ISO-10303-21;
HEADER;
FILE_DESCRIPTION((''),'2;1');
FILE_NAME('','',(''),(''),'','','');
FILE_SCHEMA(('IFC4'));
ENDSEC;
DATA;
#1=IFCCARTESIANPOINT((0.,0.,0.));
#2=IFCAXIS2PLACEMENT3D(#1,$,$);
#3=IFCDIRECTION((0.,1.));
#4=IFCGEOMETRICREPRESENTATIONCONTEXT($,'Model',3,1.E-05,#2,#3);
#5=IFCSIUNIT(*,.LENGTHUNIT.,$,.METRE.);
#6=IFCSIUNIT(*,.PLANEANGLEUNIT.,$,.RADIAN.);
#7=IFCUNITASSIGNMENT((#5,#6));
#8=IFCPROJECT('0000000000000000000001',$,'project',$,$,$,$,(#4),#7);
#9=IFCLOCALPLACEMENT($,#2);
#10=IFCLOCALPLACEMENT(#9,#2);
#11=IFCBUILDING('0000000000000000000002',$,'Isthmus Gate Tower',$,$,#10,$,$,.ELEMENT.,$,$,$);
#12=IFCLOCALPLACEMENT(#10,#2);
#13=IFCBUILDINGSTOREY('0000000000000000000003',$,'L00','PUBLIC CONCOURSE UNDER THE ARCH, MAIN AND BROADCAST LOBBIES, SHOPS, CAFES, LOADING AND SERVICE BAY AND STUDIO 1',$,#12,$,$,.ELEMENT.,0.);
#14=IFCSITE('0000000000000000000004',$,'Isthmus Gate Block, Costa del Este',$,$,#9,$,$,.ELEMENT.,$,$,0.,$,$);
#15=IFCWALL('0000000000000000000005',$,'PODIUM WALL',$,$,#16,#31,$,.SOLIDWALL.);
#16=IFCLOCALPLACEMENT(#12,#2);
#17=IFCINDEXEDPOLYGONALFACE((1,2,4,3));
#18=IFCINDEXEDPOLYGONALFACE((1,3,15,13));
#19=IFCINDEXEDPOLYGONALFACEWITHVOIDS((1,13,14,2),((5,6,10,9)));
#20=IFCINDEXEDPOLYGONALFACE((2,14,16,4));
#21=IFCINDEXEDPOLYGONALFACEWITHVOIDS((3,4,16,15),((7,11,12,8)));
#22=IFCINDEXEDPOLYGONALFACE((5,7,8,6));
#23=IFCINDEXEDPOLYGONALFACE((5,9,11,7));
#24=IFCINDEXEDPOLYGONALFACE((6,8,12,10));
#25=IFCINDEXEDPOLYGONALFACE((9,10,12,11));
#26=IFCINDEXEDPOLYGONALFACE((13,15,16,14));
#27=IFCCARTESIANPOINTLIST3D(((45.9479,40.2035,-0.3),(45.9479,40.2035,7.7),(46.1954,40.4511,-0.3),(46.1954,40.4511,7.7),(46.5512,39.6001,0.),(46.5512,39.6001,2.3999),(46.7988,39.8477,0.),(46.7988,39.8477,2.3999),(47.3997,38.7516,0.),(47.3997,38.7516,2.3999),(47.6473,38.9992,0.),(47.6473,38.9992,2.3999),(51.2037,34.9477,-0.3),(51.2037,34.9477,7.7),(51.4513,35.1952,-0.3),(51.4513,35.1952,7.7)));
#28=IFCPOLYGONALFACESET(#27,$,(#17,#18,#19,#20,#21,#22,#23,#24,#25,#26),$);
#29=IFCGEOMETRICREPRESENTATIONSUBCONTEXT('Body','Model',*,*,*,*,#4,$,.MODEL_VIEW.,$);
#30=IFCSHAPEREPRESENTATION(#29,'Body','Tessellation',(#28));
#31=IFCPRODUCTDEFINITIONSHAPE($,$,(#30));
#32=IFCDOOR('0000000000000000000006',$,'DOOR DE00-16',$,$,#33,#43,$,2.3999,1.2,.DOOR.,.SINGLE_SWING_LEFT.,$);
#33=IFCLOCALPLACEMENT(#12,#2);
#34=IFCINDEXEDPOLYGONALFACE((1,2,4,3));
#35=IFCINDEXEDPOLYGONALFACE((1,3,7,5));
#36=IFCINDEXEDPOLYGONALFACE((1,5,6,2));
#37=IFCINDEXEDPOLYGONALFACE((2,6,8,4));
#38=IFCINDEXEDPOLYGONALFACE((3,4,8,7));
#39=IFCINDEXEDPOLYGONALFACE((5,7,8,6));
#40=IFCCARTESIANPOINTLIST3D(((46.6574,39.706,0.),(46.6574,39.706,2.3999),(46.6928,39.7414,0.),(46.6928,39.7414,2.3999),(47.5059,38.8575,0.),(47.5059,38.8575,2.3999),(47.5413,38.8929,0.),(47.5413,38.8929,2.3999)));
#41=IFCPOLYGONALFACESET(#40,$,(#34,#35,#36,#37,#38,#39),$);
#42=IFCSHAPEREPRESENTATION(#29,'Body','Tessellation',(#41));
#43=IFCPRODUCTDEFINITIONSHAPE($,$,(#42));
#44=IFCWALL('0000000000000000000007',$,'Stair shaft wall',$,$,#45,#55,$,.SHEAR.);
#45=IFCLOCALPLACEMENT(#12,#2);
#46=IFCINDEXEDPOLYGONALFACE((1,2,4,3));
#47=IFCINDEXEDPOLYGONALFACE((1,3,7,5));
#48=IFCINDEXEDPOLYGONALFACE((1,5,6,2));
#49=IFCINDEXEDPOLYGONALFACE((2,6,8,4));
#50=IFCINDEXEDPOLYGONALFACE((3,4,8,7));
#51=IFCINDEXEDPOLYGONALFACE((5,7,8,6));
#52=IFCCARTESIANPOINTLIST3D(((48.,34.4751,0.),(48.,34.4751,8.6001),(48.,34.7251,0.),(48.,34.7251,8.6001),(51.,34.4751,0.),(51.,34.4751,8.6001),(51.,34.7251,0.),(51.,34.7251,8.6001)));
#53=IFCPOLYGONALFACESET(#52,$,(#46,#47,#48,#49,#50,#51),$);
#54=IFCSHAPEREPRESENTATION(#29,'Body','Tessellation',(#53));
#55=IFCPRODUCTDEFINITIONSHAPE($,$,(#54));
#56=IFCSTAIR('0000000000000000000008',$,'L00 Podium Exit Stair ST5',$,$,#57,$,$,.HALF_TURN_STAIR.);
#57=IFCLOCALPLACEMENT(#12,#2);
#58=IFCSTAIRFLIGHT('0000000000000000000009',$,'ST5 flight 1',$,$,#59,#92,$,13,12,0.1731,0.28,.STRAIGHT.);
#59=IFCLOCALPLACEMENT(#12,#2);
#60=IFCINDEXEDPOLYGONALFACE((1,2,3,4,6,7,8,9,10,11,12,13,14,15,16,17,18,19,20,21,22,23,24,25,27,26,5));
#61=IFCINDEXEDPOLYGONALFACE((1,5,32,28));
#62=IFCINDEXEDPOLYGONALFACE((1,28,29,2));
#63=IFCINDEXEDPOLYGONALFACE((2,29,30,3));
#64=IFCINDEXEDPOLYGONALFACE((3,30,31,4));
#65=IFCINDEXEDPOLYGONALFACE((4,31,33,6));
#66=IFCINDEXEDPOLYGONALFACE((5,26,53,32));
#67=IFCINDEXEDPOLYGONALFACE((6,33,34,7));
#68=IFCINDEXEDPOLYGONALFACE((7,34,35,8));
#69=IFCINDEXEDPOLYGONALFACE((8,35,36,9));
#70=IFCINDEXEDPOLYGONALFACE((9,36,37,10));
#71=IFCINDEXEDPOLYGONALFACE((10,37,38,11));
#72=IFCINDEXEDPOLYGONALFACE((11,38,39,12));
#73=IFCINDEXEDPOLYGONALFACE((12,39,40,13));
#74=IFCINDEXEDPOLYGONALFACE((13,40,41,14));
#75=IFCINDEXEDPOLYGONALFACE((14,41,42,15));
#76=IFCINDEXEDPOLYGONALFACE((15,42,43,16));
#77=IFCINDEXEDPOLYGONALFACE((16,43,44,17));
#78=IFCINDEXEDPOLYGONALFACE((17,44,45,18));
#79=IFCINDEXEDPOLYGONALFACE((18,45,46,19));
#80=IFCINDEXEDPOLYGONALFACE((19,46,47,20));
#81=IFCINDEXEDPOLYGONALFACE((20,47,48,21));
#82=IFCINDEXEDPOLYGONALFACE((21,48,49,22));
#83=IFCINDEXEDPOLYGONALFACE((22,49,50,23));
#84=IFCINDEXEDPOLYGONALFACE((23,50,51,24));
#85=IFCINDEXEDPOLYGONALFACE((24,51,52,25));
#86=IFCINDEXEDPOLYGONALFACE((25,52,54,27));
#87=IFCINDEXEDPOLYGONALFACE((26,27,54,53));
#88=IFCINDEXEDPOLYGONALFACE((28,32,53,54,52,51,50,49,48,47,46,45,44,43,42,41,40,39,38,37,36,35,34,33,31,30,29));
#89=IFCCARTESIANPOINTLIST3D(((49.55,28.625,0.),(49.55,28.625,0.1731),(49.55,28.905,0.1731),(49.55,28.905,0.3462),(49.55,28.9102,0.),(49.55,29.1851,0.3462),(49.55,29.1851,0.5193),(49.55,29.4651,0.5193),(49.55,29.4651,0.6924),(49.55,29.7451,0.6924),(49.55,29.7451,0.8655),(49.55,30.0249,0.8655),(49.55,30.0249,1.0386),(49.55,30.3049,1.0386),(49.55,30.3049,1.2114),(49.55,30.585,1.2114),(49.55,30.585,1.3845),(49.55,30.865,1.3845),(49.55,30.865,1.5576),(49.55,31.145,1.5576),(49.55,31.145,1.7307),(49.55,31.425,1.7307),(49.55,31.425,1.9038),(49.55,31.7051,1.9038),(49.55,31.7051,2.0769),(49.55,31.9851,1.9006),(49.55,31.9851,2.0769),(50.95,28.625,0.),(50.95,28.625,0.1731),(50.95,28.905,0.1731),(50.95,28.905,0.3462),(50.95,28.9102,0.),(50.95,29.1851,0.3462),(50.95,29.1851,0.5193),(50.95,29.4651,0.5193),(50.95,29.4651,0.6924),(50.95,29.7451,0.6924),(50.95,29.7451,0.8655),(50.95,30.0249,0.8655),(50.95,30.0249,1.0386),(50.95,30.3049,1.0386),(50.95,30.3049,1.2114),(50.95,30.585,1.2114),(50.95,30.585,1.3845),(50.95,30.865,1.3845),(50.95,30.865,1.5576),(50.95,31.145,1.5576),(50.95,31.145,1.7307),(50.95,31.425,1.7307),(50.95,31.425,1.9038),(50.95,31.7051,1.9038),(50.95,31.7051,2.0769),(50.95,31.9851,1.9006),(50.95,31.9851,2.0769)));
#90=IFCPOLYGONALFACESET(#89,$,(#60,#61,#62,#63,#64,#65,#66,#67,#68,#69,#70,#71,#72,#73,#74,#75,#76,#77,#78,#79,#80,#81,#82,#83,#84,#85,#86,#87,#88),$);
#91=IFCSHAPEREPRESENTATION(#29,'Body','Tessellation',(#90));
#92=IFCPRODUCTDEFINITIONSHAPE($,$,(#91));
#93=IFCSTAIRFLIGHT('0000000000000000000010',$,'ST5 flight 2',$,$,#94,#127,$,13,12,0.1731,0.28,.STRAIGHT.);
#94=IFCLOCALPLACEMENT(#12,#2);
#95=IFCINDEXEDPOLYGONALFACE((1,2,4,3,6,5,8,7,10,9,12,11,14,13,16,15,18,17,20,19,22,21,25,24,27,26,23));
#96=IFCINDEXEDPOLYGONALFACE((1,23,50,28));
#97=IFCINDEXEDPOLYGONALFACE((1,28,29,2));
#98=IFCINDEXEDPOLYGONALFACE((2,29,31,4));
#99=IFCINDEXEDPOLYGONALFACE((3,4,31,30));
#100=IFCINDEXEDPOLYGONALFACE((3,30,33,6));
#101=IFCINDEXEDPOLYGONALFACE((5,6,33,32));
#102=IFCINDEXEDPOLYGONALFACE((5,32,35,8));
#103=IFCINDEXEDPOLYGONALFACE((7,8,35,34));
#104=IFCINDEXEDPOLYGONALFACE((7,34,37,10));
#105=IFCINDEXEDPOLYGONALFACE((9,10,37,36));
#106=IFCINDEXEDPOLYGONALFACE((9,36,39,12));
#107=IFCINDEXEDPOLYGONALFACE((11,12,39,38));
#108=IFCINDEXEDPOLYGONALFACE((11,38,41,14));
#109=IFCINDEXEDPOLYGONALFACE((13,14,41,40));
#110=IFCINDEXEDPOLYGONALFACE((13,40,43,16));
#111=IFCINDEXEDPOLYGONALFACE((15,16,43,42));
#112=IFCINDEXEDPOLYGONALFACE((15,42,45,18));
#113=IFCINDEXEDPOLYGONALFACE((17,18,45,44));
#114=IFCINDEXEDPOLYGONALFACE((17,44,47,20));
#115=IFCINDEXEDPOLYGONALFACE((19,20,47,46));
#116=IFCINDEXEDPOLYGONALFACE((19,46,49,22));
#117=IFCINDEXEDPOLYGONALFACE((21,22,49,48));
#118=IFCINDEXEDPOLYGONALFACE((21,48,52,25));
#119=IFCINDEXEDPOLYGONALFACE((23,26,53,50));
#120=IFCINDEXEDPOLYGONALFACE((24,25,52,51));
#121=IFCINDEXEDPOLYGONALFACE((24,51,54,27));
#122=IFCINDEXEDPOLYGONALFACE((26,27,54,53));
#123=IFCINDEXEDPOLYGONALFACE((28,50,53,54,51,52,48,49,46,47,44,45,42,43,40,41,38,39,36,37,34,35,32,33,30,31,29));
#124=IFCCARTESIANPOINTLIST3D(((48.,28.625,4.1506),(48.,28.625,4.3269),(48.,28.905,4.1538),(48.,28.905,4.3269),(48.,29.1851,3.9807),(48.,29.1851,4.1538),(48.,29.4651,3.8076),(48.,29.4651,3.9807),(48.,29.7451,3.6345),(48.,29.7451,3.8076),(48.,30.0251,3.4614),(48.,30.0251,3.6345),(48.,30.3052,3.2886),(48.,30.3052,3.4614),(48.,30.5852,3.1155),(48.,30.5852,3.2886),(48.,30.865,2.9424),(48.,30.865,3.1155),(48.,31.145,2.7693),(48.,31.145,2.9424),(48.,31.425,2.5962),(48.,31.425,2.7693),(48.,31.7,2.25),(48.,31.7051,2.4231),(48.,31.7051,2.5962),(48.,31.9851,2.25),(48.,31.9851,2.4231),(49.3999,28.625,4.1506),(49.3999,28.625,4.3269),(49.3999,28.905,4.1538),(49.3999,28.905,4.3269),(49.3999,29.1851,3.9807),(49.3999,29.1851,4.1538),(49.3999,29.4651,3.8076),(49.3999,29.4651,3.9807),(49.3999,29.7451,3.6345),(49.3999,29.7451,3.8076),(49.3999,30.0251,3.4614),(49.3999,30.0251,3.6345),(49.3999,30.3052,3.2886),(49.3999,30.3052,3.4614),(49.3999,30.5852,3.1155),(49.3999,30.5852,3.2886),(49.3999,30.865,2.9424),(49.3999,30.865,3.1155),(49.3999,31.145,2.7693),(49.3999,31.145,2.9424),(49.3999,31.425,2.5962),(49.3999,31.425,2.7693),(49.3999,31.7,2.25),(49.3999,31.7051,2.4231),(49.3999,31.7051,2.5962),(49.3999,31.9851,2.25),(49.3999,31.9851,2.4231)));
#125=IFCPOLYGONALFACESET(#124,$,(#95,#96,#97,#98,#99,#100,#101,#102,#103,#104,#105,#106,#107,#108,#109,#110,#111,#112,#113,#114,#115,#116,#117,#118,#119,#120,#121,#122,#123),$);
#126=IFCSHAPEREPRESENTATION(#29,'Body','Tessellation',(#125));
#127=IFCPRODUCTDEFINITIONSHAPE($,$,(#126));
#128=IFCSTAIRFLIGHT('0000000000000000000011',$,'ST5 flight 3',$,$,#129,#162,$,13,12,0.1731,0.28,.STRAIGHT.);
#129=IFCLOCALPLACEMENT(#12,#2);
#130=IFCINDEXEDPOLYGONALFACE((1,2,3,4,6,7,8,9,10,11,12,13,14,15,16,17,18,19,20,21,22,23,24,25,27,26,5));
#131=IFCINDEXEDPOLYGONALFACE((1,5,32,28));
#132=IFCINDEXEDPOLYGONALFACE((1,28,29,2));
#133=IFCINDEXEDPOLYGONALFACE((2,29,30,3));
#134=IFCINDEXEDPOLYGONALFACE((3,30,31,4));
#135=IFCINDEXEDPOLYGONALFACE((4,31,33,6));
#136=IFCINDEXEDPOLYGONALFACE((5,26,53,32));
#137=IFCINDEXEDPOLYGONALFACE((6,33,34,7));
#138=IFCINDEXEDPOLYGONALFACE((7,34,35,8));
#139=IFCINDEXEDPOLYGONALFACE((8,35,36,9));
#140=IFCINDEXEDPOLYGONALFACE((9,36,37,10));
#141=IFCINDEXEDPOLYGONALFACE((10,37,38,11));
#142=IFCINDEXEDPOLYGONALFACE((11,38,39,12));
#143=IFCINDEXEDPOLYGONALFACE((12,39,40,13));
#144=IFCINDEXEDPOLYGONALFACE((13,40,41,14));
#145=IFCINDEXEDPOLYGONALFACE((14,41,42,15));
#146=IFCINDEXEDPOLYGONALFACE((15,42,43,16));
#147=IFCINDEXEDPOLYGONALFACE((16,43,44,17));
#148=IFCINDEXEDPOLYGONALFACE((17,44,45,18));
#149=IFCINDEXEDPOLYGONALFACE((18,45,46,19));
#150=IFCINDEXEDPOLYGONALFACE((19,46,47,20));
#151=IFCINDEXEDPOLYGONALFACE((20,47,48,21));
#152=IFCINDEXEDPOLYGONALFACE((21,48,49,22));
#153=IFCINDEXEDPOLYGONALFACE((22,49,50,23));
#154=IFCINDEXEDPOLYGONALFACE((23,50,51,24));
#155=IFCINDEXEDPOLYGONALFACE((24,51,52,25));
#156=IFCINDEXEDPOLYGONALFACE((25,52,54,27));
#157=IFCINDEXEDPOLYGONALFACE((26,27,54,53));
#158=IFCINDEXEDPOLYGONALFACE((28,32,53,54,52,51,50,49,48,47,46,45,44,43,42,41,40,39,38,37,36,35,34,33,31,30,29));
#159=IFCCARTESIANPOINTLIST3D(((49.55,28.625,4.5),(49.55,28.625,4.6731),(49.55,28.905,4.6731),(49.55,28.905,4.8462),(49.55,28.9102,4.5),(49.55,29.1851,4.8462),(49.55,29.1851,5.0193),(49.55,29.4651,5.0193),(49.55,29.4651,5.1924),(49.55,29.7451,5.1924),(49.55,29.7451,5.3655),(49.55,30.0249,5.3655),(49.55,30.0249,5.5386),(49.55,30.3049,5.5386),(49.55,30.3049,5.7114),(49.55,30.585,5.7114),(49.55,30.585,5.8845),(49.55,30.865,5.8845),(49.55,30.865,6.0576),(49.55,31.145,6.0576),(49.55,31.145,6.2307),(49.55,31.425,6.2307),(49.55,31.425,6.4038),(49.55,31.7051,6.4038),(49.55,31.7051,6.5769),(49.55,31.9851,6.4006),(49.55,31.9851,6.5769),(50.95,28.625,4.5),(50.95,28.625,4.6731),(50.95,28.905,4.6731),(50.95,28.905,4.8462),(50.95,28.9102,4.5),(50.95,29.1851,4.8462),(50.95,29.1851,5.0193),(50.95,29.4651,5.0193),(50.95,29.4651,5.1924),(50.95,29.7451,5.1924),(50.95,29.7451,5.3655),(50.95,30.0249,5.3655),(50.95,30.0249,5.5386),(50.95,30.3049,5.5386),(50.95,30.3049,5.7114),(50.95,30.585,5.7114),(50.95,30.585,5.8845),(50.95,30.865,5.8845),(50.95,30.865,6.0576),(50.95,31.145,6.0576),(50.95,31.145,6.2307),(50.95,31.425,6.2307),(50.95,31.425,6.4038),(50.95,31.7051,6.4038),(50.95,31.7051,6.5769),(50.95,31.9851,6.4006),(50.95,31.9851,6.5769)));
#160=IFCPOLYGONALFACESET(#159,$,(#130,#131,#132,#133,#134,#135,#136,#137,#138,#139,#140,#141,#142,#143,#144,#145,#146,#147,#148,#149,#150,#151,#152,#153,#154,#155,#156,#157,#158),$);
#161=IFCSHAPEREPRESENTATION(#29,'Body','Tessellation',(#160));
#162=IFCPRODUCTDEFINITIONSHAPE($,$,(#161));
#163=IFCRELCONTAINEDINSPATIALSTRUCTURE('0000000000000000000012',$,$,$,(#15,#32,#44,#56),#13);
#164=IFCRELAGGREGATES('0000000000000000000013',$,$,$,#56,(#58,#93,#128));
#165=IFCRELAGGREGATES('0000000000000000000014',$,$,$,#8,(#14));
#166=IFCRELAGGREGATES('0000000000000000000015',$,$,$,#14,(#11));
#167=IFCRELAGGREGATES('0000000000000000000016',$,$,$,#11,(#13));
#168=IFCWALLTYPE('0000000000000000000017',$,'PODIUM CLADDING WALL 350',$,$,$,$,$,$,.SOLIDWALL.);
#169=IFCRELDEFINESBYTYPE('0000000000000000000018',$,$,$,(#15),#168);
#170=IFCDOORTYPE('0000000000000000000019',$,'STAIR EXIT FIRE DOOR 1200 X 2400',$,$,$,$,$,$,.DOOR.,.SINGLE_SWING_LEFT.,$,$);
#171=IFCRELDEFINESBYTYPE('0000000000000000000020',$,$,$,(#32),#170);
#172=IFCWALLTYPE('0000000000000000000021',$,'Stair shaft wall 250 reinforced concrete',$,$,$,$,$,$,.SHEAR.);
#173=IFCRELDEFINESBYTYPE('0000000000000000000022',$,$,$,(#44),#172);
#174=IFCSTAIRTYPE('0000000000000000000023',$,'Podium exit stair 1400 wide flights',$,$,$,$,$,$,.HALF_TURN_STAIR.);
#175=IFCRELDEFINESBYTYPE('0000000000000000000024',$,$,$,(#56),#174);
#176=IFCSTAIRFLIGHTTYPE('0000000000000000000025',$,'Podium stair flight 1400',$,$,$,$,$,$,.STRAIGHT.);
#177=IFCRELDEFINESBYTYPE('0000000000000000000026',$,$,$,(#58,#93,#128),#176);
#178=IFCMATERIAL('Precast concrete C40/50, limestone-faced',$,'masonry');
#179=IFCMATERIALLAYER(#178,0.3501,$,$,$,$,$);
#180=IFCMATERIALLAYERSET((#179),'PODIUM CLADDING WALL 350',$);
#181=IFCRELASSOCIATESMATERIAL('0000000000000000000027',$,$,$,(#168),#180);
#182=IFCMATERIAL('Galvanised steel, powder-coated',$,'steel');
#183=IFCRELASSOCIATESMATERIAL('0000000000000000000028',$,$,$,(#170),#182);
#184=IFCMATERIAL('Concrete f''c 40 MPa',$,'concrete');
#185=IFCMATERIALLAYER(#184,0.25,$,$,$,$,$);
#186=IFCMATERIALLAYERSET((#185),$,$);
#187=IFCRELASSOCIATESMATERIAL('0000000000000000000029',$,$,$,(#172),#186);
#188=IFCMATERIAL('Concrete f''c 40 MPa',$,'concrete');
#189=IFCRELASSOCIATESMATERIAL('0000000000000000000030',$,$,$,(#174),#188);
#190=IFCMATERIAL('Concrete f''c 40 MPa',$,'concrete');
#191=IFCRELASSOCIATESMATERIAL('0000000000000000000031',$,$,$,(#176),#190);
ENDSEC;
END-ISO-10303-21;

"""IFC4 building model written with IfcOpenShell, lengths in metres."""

from ifc_helpers import new_model, si_unit, direction, frame, frame_2d, origin, place, context, subcontext, project, spatial, polyline, rectangle, outline, extrude, material, layer, layer_set, type_object, element, fill, aggregate, save


model = new_model("IFC4")

# Units and contexts
model_context = context("Model", 3, precision=1e-05, world=origin(), true_north=direction((0.0, 1.0)))
body_context = subcontext(model_context, "Body", "Model", "MODEL_VIEW")
ifc_project = project(units=[si_unit("LENGTHUNIT", "METRE"), si_unit("PLANEANGLEUNIT", "RADIAN")], contexts=[model_context])

# Site, building, storey
site_placement = place(None, origin())
site = spatial("IfcSite", under=ifc_project, at=site_placement, Name="Isthmus Gate Block, Costa del Este", CompositionType="ELEMENT", RefElevation=0.0)
building_placement = place(site_placement, origin())
building = spatial("IfcBuilding", under=site, at=building_placement, Name="Isthmus Gate Tower", CompositionType="ELEMENT")
storey_placement = place(building_placement, origin())
storey = spatial("IfcBuildingStorey", under=building, at=storey_placement, Name="L00", Description="PUBLIC CONCOURSE UNDER THE ARCH, MAIN AND BROADCAST LOBBIES, SHOPS, CAFES, LOADING AND SERVICE BAY AND STUDIO 1", CompositionType="ELEMENT", Elevation=0.0)

# Shared definitions
ifc_material_1 = material(Name="Precast concrete C40/50, limestone-faced", Category="masonry")
ifc_layer_1 = layer(ifc_material_1, 0.3501)
ifc_layer_set_1 = layer_set([ifc_layer_1], Name="PODIUM CLADDING WALL 350")
wall_type_1 = type_object("IfcWallType", Name="PODIUM CLADDING WALL 350", PredefinedType="SOLIDWALL", material=ifc_layer_set_1)

# Wall, opening, door
wall_1_placement = place(storey_placement, frame((51.3274, 35.0715, -0.3), z_axis=(0.0, 0.0, 1.0), x_axis=(-0.707107, 0.707107, 0.0)))
wall_1 = element("IfcWall", 1, at=wall_1_placement, inside=storey, type_object=wall_type_1, Name="PODIUM WALL", PredefinedType="SOLIDWALL", context=body_context, shape_type="SweptSolid", body=[
    extrude(rectangle(XDim=7.4329, YDim=0.3501, at=frame_2d((3.7163, 0.0))), origin(), (0.0, 0.0, 1.0), 8.0),
])
opening_1_placement = place(wall_1_placement, frame((5.3794, 0.0, 0.3)))
opening_1 = element("IfcOpeningElement", 2, at=opening_1_placement, cuts=wall_1, PredefinedType="OPENING", context=body_context, shape_type="SweptSolid", body=[
    extrude(rectangle(XDim=1.2, YDim=2.3999, at=frame_2d((0.6001, 1.2))), frame((0.0, 0.1851, 0.0), z_axis=(0.0, -1.0, 0.0), x_axis=(1.0, 0.0, 0.0)), (0.0, 0.0, 1.0), 0.3701),
])
ifc_material_2 = material(Name="Galvanised steel, powder-coated", Category="steel")
door_type_1 = type_object("IfcDoorType", Name="STAIR EXIT FIRE DOOR 1200 X 2400", OperationType="SINGLE_SWING_LEFT", PredefinedType="DOOR", material=ifc_material_2)
door_1_placement = place(opening_1_placement, frame((1.2, 0.0, 0.0), z_axis=(0.0, 0.0, 1.0), x_axis=(-1.0, 0.0, 0.0)))
door_1 = element("IfcDoor", 3, at=door_1_placement, inside=storey, type_object=door_type_1, Name="DOOR DE00-16", OperationType="SINGLE_SWING_LEFT", OverallHeight=2.3999, OverallWidth=1.2, PredefinedType="DOOR", context=body_context, shape_type="SweptSolid", body=[
    extrude(rectangle(XDim=1.2, YDim=2.3999, at=frame_2d((0.6001, 1.2))), frame((0.0, 0.0249, 0.0), z_axis=(0.0, -1.0, 0.0), x_axis=(1.0, 0.0, 0.0)), (0.0, 0.0, 1.0), 0.05),
])
fill(opening_1, door_1)

# Wall
ifc_material_3 = material(Name="Concrete f'c 40 MPa", Category="concrete")
ifc_layer_2 = layer(ifc_material_3, 0.25)
ifc_layer_set_2 = layer_set([ifc_layer_2])
wall_type_2 = type_object("IfcWallType", Name="Stair shaft wall 250 reinforced concrete", PredefinedType="SHEAR", material=ifc_layer_set_2)
wall_2_placement = place(storey_placement, frame((48.0, 34.6001, 0.0), z_axis=(0.0, 0.0, 1.0), x_axis=(1.0, 0.0, 0.0)))
element("IfcWall", 4, at=wall_2_placement, inside=storey, type_object=wall_type_2, Name="Stair shaft wall", PredefinedType="SHEAR", context=body_context, shape_type="SweptSolid", body=[
    extrude(rectangle(XDim=3.0, YDim=0.25, at=frame_2d((1.5, 0.0))), origin(), (0.0, 0.0, 1.0), 8.6001),
])

# Stair, stair flights
ifc_material_4 = material(Name="Concrete f'c 40 MPa", Category="concrete")
stair_type = type_object("IfcStairType", Name="Podium exit stair 1400 wide flights", PredefinedType="HALF_TURN_STAIR", material=ifc_material_4)
stair_placement = place(storey_placement, origin())
stair = element("IfcStair", 5, at=stair_placement, inside=storey, type_object=stair_type, Name="L00 Podium Exit Stair ST5", PredefinedType="HALF_TURN_STAIR")
ifc_material_5 = material(Name="Concrete f'c 40 MPa", Category="concrete")
stair_flight_type = type_object("IfcStairFlightType", Name="Podium stair flight 1400", PredefinedType="STRAIGHT", material=ifc_material_5)
stair_flight_1_placement = place(storey_placement, frame((50.25, 28.625, 0.0), z_axis=(0.0, 0.0, 1.0), x_axis=(0.0, 1.0, 0.0)))
stair_flight_1 = element("IfcStairFlight", 6, at=stair_flight_1_placement, type_object=stair_flight_type, Name="ST5 flight 1", NumberOfRisers=13, NumberOfTreads=12, PredefinedType="STRAIGHT", RiserHeight=0.1731, TreadLength=0.28, context=body_context, shape_type="SweptSolid", body=[
    extrude(outline(polyline([(0.0, 0.0), (0.0, 0.1731), (0.28, 0.1731), (0.28, 0.3462), (0.5601, 0.3462), (0.5601, 0.5193), (0.8401, 0.5193), (0.8401, 0.6924), (1.1201, 0.6924), (1.1201, 0.8655), (1.3999, 0.8655), (1.3999, 1.0386), (1.6799, 1.0386), (1.6799, 1.2114), (1.96, 1.2114), (1.96, 1.3845), (2.24, 1.3845), (2.24, 1.5576), (2.52, 1.5576), (2.52, 1.7307), (2.8, 1.7307), (2.8, 1.9038), (3.0801, 1.9038), (3.0801, 2.0769), (3.3601, 2.0769), (3.3601, 2.25), (3.3601, 1.9006), (0.2852, 0.0), (0.0, 0.0)])), frame((0.0, 0.7, 0.0), z_axis=(0.0, -1.0, 0.0), x_axis=(1.0, 0.0, 0.0)), (0.0, 0.0, 1.0), 1.3999),
])
stair_flight_2_placement = place(storey_placement, frame((48.7, 31.9851, 2.25), z_axis=(0.0, 0.0, 1.0), x_axis=(0.0, -1.0, 0.0)))
stair_flight_2 = element("IfcStairFlight", 7, at=stair_flight_2_placement, type_object=stair_flight_type, Name="ST5 flight 2", NumberOfRisers=13, NumberOfTreads=12, PredefinedType="STRAIGHT", RiserHeight=0.1731, TreadLength=0.28, context=body_context, shape_type="SweptSolid", body=[
    extrude(outline(polyline([(0.0, 0.0), (0.0, 0.1731), (0.28, 0.1731), (0.28, 0.3462), (0.5601, 0.3462), (0.5601, 0.5193), (0.8401, 0.5193), (0.8401, 0.6924), (1.1201, 0.6924), (1.1201, 0.8655), (1.3999, 0.8655), (1.3999, 1.0386), (1.6799, 1.0386), (1.6799, 1.2114), (1.96, 1.2114), (1.96, 1.3845), (2.24, 1.3845), (2.24, 1.5576), (2.52, 1.5576), (2.52, 1.7307), (2.8, 1.7307), (2.8, 1.9038), (3.0801, 1.9038), (3.0801, 2.0769), (3.3601, 2.0769), (3.3601, 2.25), (3.3601, 1.9006), (0.2852, 0.0), (0.0, 0.0)])), frame((0.0, 0.7, 0.0), z_axis=(0.0, -1.0, 0.0), x_axis=(1.0, 0.0, 0.0)), (0.0, 0.0, 1.0), 1.3999),
])
stair_flight_3_placement = place(storey_placement, frame((50.25, 28.625, 4.5), z_axis=(0.0, 0.0, 1.0), x_axis=(0.0, 1.0, 0.0)))
stair_flight_3 = element("IfcStairFlight", 8, at=stair_flight_3_placement, type_object=stair_flight_type, Name="ST5 flight 3", NumberOfRisers=13, NumberOfTreads=12, PredefinedType="STRAIGHT", RiserHeight=0.1731, TreadLength=0.28, context=body_context, shape_type="SweptSolid", body=[
    extrude(outline(polyline([(0.0, 0.0), (0.0, 0.1731), (0.28, 0.1731), (0.28, 0.3462), (0.5601, 0.3462), (0.5601, 0.5193), (0.8401, 0.5193), (0.8401, 0.6924), (1.1201, 0.6924), (1.1201, 0.8655), (1.3999, 0.8655), (1.3999, 1.0386), (1.6799, 1.0386), (1.6799, 1.2114), (1.96, 1.2114), (1.96, 1.3845), (2.24, 1.3845), (2.24, 1.5576), (2.52, 1.5576), (2.52, 1.7307), (2.8, 1.7307), (2.8, 1.9038), (3.0801, 1.9038), (3.0801, 2.0769), (3.3601, 2.0769), (3.3601, 2.25), (3.3601, 1.9006), (0.2852, 0.0), (0.0, 0.0)])), frame((0.0, 0.7, 0.0), z_axis=(0.0, -1.0, 0.0), x_axis=(1.0, 0.0, 0.0)), (0.0, 0.0, 1.0), 1.3999),
])
aggregate(stair, [stair_flight_1, stair_flight_2, stair_flight_3])

save(model, "model.ifc")
